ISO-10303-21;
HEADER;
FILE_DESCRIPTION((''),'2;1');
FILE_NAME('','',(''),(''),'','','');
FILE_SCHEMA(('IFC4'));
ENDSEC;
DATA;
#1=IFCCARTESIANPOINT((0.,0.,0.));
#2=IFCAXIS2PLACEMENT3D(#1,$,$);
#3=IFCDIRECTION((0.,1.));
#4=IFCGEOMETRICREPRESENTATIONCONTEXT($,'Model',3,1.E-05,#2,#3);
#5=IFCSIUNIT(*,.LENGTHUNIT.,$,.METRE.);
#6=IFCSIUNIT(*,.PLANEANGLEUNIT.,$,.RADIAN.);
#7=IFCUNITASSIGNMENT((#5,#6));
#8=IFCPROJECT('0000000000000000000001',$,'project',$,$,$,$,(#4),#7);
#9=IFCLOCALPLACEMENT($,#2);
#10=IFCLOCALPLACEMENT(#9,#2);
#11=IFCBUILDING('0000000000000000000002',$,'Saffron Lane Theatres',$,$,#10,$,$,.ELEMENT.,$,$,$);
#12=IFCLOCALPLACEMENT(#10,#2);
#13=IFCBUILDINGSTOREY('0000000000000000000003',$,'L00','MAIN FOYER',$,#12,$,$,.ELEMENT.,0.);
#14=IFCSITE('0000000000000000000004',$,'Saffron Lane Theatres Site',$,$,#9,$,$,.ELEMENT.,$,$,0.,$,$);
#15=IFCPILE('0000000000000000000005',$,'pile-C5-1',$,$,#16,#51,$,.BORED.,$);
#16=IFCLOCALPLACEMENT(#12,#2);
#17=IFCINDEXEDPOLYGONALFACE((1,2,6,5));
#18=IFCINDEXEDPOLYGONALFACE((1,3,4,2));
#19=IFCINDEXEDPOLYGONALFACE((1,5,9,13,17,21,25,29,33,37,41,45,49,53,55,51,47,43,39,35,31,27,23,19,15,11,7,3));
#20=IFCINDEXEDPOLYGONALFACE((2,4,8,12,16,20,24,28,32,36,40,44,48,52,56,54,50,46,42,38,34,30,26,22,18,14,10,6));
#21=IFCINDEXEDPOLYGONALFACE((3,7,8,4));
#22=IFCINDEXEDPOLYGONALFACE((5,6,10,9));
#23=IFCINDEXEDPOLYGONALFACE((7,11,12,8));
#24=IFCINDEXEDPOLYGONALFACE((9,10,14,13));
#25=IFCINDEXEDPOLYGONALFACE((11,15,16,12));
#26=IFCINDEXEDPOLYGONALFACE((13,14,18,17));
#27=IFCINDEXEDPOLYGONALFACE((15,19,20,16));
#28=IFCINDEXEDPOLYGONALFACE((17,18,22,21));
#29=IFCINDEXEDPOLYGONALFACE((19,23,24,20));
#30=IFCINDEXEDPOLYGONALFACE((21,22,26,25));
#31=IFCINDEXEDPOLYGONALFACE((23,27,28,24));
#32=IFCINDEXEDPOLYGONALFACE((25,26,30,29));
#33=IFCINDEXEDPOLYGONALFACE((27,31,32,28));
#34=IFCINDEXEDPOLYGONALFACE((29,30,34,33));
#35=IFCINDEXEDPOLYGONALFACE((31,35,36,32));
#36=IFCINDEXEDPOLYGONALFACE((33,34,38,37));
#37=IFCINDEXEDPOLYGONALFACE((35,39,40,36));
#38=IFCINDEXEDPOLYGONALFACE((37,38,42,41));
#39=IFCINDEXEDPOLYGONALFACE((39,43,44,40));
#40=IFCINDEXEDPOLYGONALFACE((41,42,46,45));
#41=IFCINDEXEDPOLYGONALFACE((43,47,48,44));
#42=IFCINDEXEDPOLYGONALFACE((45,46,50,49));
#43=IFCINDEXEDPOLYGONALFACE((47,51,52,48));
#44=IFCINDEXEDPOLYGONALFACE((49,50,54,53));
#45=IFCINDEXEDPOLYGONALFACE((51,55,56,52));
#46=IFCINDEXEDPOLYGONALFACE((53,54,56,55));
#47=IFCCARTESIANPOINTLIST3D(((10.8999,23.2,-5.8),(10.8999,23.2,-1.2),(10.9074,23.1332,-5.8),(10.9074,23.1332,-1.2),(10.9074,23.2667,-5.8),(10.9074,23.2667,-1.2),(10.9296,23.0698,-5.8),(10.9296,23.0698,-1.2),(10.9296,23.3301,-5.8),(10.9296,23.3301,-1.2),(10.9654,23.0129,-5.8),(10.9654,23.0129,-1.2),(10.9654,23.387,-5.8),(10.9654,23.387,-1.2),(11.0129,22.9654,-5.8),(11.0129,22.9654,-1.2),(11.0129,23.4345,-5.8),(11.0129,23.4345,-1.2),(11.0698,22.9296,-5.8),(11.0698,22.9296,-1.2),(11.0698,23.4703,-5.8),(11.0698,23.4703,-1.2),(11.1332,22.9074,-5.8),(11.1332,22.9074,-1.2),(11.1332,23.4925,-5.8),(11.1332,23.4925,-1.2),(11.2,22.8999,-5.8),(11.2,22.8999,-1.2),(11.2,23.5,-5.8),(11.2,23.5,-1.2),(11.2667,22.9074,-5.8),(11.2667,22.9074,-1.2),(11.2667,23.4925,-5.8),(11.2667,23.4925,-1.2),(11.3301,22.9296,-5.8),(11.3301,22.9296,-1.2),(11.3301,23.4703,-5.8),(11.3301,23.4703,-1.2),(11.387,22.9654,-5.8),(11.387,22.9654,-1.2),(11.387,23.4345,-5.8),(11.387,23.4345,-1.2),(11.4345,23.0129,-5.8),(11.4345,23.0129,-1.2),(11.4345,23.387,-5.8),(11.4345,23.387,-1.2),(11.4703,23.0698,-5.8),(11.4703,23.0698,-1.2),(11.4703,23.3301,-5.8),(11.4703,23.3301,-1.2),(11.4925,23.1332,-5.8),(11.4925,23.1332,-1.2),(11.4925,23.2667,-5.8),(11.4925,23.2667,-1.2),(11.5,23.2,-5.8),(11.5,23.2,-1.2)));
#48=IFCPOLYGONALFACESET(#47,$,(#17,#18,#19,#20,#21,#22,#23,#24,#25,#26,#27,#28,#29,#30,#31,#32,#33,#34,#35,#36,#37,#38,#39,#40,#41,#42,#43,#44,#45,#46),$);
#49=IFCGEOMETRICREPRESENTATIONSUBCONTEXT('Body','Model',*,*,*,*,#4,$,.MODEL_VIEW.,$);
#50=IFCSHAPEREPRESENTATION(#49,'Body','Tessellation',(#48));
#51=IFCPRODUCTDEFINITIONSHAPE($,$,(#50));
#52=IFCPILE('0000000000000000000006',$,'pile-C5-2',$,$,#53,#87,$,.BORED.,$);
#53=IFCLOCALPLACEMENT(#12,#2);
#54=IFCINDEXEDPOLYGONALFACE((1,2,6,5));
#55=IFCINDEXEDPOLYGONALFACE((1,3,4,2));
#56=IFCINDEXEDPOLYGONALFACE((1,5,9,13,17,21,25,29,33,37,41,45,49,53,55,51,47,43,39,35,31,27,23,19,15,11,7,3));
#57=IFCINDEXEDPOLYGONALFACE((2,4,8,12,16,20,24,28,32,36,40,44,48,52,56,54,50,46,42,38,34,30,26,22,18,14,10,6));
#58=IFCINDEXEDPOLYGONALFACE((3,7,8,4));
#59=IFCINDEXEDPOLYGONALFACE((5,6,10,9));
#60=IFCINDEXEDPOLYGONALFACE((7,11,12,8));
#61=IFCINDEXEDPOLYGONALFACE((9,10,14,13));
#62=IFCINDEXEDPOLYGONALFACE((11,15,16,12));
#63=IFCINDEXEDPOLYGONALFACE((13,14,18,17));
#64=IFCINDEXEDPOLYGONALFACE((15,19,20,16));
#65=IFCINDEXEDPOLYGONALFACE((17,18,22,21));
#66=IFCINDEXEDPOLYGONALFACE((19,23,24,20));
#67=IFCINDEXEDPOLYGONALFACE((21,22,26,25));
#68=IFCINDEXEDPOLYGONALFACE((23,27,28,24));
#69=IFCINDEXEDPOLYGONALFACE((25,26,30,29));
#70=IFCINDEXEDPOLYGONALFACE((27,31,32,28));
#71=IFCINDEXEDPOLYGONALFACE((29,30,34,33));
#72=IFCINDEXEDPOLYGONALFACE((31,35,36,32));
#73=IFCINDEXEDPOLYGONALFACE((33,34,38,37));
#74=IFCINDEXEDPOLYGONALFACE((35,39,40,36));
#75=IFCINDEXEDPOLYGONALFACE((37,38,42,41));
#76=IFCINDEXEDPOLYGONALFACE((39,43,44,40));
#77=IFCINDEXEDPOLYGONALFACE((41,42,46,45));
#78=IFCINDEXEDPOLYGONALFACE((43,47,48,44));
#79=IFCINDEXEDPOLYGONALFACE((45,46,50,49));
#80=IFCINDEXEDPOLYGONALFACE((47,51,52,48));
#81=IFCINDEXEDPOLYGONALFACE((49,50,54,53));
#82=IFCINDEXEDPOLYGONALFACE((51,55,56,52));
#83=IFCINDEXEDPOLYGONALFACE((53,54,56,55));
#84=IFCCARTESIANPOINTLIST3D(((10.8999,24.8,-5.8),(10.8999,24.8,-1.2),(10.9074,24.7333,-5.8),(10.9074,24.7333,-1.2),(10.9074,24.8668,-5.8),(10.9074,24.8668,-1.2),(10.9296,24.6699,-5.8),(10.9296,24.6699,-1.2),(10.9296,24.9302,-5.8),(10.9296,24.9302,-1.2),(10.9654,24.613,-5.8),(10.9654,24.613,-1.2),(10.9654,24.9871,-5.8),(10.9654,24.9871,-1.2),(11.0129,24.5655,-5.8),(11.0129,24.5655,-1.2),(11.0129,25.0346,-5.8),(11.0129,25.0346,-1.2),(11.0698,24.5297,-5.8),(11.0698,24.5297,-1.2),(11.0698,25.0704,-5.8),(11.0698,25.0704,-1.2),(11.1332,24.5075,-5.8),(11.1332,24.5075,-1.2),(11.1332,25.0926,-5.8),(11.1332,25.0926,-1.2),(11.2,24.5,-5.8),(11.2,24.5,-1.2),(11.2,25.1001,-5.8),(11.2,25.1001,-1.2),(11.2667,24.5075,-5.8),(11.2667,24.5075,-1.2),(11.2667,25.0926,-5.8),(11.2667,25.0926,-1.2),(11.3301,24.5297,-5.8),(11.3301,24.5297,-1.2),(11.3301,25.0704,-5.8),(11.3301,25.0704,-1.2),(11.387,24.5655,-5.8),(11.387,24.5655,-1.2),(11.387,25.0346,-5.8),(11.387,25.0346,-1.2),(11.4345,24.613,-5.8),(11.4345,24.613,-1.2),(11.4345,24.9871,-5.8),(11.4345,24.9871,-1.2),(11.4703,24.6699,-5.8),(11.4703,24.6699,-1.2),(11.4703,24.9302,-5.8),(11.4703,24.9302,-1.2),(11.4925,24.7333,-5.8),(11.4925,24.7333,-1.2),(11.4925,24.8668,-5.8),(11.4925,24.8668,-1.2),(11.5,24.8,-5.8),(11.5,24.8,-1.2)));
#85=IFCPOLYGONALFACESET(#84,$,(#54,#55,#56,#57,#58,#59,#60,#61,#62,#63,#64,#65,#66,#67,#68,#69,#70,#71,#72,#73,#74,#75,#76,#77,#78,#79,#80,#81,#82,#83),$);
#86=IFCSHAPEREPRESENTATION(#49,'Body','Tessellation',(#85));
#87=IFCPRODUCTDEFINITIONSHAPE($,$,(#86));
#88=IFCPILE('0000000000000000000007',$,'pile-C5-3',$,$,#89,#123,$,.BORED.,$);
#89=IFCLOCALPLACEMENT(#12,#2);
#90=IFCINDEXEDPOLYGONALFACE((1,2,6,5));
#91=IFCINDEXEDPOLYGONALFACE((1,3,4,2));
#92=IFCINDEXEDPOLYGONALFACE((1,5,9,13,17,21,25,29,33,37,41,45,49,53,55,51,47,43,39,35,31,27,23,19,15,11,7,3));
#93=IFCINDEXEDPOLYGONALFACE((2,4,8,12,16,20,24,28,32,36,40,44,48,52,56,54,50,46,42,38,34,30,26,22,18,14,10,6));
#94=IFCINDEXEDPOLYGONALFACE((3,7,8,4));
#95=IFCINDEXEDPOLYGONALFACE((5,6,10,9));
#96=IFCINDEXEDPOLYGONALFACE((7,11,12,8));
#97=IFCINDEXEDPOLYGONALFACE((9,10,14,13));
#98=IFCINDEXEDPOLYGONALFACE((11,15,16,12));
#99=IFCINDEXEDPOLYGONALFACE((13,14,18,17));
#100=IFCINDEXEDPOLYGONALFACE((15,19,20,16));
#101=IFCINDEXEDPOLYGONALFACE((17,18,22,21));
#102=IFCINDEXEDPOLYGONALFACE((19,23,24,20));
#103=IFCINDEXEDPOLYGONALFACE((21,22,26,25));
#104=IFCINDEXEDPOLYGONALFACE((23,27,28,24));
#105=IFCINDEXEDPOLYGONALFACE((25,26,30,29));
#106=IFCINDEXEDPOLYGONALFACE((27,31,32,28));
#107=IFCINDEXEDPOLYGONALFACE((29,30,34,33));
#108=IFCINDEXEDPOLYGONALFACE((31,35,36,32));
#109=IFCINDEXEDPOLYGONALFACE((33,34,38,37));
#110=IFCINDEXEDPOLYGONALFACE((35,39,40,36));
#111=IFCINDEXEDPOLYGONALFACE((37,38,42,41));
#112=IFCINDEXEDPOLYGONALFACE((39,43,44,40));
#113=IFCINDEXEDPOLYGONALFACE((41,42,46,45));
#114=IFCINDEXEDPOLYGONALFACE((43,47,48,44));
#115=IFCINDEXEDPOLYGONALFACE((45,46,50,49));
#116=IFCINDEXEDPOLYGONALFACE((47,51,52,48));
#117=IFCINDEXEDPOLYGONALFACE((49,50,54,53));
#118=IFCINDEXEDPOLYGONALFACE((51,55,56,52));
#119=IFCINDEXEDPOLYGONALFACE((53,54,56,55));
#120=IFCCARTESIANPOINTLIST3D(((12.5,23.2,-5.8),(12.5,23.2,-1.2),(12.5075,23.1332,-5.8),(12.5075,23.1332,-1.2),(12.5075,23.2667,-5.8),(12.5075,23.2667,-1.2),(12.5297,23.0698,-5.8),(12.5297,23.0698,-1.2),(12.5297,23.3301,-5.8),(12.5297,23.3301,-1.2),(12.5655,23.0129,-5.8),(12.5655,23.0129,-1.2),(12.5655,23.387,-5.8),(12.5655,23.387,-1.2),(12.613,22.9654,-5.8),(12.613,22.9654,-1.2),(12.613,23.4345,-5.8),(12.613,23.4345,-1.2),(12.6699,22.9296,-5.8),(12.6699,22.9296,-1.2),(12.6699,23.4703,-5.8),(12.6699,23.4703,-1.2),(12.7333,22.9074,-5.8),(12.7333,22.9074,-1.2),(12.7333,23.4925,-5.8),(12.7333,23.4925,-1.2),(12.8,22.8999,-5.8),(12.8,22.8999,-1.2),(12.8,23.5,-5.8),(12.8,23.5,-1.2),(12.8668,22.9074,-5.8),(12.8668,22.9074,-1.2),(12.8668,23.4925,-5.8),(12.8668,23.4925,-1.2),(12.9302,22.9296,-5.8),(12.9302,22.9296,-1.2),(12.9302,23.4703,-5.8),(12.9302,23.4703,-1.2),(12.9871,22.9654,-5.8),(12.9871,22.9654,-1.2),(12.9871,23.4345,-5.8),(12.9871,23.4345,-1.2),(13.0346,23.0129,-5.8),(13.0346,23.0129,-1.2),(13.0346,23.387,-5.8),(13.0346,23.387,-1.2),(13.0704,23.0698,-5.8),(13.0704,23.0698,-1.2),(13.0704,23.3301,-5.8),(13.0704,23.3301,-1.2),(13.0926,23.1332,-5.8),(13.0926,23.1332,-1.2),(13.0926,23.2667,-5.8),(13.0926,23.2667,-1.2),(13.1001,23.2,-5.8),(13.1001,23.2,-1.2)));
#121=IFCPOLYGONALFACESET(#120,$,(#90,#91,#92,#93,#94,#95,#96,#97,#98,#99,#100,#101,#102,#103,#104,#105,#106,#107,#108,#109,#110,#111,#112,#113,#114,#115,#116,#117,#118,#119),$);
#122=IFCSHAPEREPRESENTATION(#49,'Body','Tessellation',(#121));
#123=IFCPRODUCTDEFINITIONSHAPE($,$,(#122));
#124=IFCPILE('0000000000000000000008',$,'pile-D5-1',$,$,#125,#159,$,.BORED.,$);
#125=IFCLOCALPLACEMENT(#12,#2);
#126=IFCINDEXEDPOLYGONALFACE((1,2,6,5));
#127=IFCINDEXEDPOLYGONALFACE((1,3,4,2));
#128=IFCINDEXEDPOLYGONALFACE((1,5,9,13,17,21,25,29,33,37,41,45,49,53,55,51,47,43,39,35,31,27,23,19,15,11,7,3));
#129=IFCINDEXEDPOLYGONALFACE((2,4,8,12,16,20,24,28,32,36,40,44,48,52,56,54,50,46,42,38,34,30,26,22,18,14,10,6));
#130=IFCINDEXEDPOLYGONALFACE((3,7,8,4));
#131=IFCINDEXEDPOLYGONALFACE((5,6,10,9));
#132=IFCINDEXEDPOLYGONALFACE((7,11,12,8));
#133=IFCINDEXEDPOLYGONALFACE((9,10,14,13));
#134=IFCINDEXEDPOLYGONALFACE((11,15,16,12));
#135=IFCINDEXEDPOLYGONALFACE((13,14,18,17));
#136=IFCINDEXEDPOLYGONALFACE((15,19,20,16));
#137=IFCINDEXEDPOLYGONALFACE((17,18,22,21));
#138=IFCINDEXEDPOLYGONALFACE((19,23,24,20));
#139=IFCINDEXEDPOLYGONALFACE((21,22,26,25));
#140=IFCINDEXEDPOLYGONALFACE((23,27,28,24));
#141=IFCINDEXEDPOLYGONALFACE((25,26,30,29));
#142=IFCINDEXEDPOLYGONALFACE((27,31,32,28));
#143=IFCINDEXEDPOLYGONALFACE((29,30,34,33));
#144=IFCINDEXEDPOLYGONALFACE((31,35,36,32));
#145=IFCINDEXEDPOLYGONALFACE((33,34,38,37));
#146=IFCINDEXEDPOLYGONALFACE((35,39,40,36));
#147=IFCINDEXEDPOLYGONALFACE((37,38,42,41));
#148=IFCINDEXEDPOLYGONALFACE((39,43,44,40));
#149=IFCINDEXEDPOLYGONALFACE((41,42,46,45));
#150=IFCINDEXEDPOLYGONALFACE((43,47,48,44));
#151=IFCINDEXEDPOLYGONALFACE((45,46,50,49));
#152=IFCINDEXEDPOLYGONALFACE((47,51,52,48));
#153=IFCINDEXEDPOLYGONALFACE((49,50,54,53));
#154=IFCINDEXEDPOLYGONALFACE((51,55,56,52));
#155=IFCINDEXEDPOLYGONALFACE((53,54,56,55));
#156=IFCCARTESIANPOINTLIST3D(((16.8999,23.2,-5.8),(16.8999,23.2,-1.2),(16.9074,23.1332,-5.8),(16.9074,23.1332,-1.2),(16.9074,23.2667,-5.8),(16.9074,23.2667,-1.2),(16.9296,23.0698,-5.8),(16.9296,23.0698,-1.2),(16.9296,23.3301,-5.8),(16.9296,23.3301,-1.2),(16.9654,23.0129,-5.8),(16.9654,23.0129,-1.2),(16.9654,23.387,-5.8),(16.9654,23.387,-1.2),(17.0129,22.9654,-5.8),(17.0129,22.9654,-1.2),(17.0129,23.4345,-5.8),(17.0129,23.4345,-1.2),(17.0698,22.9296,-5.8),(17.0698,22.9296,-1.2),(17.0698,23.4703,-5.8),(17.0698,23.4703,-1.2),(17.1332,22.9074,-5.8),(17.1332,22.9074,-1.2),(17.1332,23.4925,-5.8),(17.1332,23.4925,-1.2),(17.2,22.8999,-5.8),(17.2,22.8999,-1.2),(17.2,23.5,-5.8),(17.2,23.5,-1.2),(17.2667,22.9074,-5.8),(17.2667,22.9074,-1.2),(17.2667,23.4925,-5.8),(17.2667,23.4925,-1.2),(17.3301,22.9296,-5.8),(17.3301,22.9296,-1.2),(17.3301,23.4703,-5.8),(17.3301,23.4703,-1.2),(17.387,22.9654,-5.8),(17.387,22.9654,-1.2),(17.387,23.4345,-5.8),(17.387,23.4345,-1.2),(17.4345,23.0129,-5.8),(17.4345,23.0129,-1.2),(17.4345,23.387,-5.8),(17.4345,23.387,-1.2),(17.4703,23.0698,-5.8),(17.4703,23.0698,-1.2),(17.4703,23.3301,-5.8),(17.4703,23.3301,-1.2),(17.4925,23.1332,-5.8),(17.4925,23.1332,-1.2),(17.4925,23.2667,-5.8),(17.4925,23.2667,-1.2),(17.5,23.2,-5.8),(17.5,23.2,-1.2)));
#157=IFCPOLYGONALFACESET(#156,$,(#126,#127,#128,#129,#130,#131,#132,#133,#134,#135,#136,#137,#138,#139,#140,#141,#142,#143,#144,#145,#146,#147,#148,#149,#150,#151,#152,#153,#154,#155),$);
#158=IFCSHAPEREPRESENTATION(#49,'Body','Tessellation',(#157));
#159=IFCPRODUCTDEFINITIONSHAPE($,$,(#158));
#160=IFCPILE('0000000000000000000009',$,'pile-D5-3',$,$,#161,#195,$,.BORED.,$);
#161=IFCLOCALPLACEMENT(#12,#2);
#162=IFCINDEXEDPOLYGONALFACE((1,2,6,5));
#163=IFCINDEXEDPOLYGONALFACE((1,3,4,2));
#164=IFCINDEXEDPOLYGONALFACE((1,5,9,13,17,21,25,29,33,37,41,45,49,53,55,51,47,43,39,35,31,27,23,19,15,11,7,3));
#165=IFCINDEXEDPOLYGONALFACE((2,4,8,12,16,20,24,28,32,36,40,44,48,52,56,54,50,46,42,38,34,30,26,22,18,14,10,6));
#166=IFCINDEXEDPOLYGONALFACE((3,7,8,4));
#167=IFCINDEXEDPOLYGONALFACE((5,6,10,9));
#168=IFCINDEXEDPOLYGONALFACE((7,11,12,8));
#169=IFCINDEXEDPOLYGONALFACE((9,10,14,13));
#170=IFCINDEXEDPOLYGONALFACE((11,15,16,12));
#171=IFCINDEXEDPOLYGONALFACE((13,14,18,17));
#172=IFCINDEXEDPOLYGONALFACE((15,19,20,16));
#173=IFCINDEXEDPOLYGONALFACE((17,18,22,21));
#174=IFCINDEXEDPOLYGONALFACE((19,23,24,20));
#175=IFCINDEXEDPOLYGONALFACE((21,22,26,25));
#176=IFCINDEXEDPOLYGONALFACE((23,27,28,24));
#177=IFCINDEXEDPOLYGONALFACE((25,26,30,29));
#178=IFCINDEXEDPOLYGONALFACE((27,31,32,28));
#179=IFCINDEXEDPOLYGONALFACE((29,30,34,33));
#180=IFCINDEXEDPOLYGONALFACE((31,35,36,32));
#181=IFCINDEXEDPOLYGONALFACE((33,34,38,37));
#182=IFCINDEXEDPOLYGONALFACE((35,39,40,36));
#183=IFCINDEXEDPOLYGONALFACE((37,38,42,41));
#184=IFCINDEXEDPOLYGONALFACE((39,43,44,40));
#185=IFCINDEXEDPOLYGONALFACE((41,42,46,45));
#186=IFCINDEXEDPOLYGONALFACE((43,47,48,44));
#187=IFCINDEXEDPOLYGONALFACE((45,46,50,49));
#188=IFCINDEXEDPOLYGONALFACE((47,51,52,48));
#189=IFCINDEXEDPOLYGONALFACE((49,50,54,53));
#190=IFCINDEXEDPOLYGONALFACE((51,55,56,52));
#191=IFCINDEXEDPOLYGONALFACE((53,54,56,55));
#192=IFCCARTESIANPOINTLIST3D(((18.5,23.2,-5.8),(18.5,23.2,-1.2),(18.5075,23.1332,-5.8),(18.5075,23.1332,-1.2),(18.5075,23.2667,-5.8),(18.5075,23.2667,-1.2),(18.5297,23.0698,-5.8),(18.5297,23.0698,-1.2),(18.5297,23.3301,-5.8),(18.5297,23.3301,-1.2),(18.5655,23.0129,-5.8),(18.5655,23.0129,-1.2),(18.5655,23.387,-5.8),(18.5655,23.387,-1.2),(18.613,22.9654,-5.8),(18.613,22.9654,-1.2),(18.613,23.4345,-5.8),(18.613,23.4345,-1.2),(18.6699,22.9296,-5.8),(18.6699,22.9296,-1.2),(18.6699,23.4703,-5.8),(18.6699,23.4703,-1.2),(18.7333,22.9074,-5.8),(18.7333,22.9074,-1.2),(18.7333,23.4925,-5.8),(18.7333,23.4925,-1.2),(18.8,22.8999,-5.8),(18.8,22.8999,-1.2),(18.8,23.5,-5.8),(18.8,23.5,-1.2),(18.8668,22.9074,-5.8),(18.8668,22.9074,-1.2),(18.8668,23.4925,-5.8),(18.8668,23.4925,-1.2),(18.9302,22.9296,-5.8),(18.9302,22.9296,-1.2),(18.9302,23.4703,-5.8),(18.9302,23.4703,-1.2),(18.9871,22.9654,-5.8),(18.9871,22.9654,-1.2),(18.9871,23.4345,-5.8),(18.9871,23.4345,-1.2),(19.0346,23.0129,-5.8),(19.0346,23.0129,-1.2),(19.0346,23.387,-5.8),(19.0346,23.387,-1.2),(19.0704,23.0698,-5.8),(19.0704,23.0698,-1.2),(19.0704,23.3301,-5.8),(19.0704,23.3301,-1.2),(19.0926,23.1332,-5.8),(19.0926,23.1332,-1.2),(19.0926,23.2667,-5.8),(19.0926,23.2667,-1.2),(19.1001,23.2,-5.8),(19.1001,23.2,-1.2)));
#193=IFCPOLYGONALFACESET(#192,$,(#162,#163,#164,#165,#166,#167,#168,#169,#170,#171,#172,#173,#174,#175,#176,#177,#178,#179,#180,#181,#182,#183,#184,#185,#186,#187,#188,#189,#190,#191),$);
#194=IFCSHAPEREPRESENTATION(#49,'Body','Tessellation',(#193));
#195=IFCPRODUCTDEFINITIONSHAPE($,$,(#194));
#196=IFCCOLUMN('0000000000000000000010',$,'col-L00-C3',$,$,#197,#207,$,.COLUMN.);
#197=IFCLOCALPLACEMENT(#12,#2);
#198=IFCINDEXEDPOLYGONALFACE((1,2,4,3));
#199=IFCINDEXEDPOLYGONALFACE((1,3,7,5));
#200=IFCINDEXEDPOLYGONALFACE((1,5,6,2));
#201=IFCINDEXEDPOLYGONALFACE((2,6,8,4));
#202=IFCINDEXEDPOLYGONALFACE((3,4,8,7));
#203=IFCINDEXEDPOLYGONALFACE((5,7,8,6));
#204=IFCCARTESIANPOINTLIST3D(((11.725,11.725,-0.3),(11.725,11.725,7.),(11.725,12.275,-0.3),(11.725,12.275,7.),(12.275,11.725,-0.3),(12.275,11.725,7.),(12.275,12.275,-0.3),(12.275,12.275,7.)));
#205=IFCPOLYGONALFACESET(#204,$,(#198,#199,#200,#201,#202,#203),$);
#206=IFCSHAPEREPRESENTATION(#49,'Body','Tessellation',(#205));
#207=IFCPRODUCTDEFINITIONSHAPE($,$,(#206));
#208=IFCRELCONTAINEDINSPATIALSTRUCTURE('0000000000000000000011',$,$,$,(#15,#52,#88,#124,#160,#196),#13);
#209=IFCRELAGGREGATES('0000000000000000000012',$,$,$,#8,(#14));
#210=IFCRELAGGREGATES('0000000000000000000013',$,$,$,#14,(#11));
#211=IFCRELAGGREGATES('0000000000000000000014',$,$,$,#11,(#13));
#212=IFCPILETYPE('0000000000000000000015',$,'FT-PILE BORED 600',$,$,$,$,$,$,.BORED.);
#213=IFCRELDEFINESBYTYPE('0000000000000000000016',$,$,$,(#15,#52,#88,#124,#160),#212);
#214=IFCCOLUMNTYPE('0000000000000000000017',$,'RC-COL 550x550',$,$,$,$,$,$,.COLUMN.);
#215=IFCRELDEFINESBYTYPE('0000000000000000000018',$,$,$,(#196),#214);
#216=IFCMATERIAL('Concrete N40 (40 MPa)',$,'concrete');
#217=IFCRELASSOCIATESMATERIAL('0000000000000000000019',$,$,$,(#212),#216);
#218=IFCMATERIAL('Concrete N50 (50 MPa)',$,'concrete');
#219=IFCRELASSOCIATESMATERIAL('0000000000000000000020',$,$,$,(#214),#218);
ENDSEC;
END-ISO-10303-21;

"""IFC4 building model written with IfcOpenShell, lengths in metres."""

from ifc_helpers import new_model, si_unit, direction, frame, origin, origin_2d, place, context, subcontext, project, spatial, rectangle, circle, extrude, material, material_profile, profile_set, type_object, element, save


model = new_model("IFC4")

# Units and contexts
model_context = context("Model", 3, precision=1e-05, world=origin(), true_north=direction((0.0, 1.0)))
body_context = subcontext(model_context, "Body", "Model", "MODEL_VIEW")
ifc_project = project(units=[si_unit("LENGTHUNIT", "METRE"), si_unit("PLANEANGLEUNIT", "RADIAN")], contexts=[model_context])

# Site, building, storey
site_placement = place(None, origin())
site = spatial("IfcSite", under=ifc_project, at=site_placement, Name="Saffron Lane Theatres Site", CompositionType="ELEMENT", RefElevation=0.0)
building_placement = place(site_placement, origin())
building = spatial("IfcBuilding", under=site, at=building_placement, Name="Saffron Lane Theatres", CompositionType="ELEMENT")
storey_placement = place(building_placement, origin())
storey = spatial("IfcBuildingStorey", under=building, at=storey_placement, Name="L00", Description="MAIN FOYER", CompositionType="ELEMENT", Elevation=0.0)

# Piles
ifc_material_1 = material(Name="Concrete N40 (40 MPa)", Category="concrete")
ifc_material_profile_1 = material_profile(ifc_material_1, circle(Radius=0.3, at=origin_2d()))
ifc_profile_set_1 = profile_set([ifc_material_profile_1], Name="Concrete N40 (40 MPa)")
pile_type = type_object("IfcPileType", Name="FT-PILE BORED 600", PredefinedType="BORED", material=ifc_profile_set_1)
for number, where, z_axis, x_axis, name in (
    (1, (11.2, 23.2, -1.2), (0.0, 0.0, -1.0), (1.0, 0.0, 0.0), "pile-C5-1"),
    (2, (11.2, 24.8, -1.2), (0.0, 0.0, -1.0), (1.0, 0.0, 0.0), "pile-C5-2"),
    (3, (12.8, 23.2, -1.2), (0.0, 0.0, -1.0), (1.0, 0.0, 0.0), "pile-C5-3"),
    (4, (17.2, 23.2, -1.2), (0.0, 0.0, -1.0), (1.0, 0.0, 0.0), "pile-D5-1"),
    (5, (18.8, 23.2, -1.2), (0.0, 0.0, -1.0), (1.0, 0.0, 0.0), "pile-D5-3"),
):
    element("IfcPile", number, at=place(storey_placement, frame(where, z_axis=z_axis, x_axis=x_axis)), inside=storey, type_object=pile_type, Name=name, PredefinedType="BORED", context=body_context, shape_type="SweptSolid", body=[
        extrude(circle(Radius=0.3, at=origin_2d()), origin(), (0.0, 0.0, 1.0), 4.6001),
    ])

# Column
ifc_material_2 = material(Name="Concrete N50 (50 MPa)", Category="concrete")
ifc_material_profile_2 = material_profile(ifc_material_2, rectangle(XDim=0.55, YDim=0.55, at=origin_2d()))
ifc_profile_set_2 = profile_set([ifc_material_profile_2], Name="Concrete N50 (50 MPa)")
column_type_1 = type_object("IfcColumnType", Name="RC-COL 550x550", PredefinedType="COLUMN", material=ifc_profile_set_2)
for number, where, z_axis, x_axis, name in (
    (6, (12.0, 12.0, -0.3), (0.0, 0.0, 1.0), (1.0, 0.0, 0.0), "col-L00-C3"),
):
    element("IfcColumn", number, at=place(storey_placement, frame(where, z_axis=z_axis, x_axis=x_axis)), inside=storey, type_object=column_type_1, Name=name, PredefinedType="COLUMN", context=body_context, shape_type="SweptSolid", body=[
        extrude(rectangle(XDim=0.55, YDim=0.55, at=origin_2d()), origin(), (0.0, 0.0, 1.0), 7.3),
    ])

save(model, "model.ifc")
